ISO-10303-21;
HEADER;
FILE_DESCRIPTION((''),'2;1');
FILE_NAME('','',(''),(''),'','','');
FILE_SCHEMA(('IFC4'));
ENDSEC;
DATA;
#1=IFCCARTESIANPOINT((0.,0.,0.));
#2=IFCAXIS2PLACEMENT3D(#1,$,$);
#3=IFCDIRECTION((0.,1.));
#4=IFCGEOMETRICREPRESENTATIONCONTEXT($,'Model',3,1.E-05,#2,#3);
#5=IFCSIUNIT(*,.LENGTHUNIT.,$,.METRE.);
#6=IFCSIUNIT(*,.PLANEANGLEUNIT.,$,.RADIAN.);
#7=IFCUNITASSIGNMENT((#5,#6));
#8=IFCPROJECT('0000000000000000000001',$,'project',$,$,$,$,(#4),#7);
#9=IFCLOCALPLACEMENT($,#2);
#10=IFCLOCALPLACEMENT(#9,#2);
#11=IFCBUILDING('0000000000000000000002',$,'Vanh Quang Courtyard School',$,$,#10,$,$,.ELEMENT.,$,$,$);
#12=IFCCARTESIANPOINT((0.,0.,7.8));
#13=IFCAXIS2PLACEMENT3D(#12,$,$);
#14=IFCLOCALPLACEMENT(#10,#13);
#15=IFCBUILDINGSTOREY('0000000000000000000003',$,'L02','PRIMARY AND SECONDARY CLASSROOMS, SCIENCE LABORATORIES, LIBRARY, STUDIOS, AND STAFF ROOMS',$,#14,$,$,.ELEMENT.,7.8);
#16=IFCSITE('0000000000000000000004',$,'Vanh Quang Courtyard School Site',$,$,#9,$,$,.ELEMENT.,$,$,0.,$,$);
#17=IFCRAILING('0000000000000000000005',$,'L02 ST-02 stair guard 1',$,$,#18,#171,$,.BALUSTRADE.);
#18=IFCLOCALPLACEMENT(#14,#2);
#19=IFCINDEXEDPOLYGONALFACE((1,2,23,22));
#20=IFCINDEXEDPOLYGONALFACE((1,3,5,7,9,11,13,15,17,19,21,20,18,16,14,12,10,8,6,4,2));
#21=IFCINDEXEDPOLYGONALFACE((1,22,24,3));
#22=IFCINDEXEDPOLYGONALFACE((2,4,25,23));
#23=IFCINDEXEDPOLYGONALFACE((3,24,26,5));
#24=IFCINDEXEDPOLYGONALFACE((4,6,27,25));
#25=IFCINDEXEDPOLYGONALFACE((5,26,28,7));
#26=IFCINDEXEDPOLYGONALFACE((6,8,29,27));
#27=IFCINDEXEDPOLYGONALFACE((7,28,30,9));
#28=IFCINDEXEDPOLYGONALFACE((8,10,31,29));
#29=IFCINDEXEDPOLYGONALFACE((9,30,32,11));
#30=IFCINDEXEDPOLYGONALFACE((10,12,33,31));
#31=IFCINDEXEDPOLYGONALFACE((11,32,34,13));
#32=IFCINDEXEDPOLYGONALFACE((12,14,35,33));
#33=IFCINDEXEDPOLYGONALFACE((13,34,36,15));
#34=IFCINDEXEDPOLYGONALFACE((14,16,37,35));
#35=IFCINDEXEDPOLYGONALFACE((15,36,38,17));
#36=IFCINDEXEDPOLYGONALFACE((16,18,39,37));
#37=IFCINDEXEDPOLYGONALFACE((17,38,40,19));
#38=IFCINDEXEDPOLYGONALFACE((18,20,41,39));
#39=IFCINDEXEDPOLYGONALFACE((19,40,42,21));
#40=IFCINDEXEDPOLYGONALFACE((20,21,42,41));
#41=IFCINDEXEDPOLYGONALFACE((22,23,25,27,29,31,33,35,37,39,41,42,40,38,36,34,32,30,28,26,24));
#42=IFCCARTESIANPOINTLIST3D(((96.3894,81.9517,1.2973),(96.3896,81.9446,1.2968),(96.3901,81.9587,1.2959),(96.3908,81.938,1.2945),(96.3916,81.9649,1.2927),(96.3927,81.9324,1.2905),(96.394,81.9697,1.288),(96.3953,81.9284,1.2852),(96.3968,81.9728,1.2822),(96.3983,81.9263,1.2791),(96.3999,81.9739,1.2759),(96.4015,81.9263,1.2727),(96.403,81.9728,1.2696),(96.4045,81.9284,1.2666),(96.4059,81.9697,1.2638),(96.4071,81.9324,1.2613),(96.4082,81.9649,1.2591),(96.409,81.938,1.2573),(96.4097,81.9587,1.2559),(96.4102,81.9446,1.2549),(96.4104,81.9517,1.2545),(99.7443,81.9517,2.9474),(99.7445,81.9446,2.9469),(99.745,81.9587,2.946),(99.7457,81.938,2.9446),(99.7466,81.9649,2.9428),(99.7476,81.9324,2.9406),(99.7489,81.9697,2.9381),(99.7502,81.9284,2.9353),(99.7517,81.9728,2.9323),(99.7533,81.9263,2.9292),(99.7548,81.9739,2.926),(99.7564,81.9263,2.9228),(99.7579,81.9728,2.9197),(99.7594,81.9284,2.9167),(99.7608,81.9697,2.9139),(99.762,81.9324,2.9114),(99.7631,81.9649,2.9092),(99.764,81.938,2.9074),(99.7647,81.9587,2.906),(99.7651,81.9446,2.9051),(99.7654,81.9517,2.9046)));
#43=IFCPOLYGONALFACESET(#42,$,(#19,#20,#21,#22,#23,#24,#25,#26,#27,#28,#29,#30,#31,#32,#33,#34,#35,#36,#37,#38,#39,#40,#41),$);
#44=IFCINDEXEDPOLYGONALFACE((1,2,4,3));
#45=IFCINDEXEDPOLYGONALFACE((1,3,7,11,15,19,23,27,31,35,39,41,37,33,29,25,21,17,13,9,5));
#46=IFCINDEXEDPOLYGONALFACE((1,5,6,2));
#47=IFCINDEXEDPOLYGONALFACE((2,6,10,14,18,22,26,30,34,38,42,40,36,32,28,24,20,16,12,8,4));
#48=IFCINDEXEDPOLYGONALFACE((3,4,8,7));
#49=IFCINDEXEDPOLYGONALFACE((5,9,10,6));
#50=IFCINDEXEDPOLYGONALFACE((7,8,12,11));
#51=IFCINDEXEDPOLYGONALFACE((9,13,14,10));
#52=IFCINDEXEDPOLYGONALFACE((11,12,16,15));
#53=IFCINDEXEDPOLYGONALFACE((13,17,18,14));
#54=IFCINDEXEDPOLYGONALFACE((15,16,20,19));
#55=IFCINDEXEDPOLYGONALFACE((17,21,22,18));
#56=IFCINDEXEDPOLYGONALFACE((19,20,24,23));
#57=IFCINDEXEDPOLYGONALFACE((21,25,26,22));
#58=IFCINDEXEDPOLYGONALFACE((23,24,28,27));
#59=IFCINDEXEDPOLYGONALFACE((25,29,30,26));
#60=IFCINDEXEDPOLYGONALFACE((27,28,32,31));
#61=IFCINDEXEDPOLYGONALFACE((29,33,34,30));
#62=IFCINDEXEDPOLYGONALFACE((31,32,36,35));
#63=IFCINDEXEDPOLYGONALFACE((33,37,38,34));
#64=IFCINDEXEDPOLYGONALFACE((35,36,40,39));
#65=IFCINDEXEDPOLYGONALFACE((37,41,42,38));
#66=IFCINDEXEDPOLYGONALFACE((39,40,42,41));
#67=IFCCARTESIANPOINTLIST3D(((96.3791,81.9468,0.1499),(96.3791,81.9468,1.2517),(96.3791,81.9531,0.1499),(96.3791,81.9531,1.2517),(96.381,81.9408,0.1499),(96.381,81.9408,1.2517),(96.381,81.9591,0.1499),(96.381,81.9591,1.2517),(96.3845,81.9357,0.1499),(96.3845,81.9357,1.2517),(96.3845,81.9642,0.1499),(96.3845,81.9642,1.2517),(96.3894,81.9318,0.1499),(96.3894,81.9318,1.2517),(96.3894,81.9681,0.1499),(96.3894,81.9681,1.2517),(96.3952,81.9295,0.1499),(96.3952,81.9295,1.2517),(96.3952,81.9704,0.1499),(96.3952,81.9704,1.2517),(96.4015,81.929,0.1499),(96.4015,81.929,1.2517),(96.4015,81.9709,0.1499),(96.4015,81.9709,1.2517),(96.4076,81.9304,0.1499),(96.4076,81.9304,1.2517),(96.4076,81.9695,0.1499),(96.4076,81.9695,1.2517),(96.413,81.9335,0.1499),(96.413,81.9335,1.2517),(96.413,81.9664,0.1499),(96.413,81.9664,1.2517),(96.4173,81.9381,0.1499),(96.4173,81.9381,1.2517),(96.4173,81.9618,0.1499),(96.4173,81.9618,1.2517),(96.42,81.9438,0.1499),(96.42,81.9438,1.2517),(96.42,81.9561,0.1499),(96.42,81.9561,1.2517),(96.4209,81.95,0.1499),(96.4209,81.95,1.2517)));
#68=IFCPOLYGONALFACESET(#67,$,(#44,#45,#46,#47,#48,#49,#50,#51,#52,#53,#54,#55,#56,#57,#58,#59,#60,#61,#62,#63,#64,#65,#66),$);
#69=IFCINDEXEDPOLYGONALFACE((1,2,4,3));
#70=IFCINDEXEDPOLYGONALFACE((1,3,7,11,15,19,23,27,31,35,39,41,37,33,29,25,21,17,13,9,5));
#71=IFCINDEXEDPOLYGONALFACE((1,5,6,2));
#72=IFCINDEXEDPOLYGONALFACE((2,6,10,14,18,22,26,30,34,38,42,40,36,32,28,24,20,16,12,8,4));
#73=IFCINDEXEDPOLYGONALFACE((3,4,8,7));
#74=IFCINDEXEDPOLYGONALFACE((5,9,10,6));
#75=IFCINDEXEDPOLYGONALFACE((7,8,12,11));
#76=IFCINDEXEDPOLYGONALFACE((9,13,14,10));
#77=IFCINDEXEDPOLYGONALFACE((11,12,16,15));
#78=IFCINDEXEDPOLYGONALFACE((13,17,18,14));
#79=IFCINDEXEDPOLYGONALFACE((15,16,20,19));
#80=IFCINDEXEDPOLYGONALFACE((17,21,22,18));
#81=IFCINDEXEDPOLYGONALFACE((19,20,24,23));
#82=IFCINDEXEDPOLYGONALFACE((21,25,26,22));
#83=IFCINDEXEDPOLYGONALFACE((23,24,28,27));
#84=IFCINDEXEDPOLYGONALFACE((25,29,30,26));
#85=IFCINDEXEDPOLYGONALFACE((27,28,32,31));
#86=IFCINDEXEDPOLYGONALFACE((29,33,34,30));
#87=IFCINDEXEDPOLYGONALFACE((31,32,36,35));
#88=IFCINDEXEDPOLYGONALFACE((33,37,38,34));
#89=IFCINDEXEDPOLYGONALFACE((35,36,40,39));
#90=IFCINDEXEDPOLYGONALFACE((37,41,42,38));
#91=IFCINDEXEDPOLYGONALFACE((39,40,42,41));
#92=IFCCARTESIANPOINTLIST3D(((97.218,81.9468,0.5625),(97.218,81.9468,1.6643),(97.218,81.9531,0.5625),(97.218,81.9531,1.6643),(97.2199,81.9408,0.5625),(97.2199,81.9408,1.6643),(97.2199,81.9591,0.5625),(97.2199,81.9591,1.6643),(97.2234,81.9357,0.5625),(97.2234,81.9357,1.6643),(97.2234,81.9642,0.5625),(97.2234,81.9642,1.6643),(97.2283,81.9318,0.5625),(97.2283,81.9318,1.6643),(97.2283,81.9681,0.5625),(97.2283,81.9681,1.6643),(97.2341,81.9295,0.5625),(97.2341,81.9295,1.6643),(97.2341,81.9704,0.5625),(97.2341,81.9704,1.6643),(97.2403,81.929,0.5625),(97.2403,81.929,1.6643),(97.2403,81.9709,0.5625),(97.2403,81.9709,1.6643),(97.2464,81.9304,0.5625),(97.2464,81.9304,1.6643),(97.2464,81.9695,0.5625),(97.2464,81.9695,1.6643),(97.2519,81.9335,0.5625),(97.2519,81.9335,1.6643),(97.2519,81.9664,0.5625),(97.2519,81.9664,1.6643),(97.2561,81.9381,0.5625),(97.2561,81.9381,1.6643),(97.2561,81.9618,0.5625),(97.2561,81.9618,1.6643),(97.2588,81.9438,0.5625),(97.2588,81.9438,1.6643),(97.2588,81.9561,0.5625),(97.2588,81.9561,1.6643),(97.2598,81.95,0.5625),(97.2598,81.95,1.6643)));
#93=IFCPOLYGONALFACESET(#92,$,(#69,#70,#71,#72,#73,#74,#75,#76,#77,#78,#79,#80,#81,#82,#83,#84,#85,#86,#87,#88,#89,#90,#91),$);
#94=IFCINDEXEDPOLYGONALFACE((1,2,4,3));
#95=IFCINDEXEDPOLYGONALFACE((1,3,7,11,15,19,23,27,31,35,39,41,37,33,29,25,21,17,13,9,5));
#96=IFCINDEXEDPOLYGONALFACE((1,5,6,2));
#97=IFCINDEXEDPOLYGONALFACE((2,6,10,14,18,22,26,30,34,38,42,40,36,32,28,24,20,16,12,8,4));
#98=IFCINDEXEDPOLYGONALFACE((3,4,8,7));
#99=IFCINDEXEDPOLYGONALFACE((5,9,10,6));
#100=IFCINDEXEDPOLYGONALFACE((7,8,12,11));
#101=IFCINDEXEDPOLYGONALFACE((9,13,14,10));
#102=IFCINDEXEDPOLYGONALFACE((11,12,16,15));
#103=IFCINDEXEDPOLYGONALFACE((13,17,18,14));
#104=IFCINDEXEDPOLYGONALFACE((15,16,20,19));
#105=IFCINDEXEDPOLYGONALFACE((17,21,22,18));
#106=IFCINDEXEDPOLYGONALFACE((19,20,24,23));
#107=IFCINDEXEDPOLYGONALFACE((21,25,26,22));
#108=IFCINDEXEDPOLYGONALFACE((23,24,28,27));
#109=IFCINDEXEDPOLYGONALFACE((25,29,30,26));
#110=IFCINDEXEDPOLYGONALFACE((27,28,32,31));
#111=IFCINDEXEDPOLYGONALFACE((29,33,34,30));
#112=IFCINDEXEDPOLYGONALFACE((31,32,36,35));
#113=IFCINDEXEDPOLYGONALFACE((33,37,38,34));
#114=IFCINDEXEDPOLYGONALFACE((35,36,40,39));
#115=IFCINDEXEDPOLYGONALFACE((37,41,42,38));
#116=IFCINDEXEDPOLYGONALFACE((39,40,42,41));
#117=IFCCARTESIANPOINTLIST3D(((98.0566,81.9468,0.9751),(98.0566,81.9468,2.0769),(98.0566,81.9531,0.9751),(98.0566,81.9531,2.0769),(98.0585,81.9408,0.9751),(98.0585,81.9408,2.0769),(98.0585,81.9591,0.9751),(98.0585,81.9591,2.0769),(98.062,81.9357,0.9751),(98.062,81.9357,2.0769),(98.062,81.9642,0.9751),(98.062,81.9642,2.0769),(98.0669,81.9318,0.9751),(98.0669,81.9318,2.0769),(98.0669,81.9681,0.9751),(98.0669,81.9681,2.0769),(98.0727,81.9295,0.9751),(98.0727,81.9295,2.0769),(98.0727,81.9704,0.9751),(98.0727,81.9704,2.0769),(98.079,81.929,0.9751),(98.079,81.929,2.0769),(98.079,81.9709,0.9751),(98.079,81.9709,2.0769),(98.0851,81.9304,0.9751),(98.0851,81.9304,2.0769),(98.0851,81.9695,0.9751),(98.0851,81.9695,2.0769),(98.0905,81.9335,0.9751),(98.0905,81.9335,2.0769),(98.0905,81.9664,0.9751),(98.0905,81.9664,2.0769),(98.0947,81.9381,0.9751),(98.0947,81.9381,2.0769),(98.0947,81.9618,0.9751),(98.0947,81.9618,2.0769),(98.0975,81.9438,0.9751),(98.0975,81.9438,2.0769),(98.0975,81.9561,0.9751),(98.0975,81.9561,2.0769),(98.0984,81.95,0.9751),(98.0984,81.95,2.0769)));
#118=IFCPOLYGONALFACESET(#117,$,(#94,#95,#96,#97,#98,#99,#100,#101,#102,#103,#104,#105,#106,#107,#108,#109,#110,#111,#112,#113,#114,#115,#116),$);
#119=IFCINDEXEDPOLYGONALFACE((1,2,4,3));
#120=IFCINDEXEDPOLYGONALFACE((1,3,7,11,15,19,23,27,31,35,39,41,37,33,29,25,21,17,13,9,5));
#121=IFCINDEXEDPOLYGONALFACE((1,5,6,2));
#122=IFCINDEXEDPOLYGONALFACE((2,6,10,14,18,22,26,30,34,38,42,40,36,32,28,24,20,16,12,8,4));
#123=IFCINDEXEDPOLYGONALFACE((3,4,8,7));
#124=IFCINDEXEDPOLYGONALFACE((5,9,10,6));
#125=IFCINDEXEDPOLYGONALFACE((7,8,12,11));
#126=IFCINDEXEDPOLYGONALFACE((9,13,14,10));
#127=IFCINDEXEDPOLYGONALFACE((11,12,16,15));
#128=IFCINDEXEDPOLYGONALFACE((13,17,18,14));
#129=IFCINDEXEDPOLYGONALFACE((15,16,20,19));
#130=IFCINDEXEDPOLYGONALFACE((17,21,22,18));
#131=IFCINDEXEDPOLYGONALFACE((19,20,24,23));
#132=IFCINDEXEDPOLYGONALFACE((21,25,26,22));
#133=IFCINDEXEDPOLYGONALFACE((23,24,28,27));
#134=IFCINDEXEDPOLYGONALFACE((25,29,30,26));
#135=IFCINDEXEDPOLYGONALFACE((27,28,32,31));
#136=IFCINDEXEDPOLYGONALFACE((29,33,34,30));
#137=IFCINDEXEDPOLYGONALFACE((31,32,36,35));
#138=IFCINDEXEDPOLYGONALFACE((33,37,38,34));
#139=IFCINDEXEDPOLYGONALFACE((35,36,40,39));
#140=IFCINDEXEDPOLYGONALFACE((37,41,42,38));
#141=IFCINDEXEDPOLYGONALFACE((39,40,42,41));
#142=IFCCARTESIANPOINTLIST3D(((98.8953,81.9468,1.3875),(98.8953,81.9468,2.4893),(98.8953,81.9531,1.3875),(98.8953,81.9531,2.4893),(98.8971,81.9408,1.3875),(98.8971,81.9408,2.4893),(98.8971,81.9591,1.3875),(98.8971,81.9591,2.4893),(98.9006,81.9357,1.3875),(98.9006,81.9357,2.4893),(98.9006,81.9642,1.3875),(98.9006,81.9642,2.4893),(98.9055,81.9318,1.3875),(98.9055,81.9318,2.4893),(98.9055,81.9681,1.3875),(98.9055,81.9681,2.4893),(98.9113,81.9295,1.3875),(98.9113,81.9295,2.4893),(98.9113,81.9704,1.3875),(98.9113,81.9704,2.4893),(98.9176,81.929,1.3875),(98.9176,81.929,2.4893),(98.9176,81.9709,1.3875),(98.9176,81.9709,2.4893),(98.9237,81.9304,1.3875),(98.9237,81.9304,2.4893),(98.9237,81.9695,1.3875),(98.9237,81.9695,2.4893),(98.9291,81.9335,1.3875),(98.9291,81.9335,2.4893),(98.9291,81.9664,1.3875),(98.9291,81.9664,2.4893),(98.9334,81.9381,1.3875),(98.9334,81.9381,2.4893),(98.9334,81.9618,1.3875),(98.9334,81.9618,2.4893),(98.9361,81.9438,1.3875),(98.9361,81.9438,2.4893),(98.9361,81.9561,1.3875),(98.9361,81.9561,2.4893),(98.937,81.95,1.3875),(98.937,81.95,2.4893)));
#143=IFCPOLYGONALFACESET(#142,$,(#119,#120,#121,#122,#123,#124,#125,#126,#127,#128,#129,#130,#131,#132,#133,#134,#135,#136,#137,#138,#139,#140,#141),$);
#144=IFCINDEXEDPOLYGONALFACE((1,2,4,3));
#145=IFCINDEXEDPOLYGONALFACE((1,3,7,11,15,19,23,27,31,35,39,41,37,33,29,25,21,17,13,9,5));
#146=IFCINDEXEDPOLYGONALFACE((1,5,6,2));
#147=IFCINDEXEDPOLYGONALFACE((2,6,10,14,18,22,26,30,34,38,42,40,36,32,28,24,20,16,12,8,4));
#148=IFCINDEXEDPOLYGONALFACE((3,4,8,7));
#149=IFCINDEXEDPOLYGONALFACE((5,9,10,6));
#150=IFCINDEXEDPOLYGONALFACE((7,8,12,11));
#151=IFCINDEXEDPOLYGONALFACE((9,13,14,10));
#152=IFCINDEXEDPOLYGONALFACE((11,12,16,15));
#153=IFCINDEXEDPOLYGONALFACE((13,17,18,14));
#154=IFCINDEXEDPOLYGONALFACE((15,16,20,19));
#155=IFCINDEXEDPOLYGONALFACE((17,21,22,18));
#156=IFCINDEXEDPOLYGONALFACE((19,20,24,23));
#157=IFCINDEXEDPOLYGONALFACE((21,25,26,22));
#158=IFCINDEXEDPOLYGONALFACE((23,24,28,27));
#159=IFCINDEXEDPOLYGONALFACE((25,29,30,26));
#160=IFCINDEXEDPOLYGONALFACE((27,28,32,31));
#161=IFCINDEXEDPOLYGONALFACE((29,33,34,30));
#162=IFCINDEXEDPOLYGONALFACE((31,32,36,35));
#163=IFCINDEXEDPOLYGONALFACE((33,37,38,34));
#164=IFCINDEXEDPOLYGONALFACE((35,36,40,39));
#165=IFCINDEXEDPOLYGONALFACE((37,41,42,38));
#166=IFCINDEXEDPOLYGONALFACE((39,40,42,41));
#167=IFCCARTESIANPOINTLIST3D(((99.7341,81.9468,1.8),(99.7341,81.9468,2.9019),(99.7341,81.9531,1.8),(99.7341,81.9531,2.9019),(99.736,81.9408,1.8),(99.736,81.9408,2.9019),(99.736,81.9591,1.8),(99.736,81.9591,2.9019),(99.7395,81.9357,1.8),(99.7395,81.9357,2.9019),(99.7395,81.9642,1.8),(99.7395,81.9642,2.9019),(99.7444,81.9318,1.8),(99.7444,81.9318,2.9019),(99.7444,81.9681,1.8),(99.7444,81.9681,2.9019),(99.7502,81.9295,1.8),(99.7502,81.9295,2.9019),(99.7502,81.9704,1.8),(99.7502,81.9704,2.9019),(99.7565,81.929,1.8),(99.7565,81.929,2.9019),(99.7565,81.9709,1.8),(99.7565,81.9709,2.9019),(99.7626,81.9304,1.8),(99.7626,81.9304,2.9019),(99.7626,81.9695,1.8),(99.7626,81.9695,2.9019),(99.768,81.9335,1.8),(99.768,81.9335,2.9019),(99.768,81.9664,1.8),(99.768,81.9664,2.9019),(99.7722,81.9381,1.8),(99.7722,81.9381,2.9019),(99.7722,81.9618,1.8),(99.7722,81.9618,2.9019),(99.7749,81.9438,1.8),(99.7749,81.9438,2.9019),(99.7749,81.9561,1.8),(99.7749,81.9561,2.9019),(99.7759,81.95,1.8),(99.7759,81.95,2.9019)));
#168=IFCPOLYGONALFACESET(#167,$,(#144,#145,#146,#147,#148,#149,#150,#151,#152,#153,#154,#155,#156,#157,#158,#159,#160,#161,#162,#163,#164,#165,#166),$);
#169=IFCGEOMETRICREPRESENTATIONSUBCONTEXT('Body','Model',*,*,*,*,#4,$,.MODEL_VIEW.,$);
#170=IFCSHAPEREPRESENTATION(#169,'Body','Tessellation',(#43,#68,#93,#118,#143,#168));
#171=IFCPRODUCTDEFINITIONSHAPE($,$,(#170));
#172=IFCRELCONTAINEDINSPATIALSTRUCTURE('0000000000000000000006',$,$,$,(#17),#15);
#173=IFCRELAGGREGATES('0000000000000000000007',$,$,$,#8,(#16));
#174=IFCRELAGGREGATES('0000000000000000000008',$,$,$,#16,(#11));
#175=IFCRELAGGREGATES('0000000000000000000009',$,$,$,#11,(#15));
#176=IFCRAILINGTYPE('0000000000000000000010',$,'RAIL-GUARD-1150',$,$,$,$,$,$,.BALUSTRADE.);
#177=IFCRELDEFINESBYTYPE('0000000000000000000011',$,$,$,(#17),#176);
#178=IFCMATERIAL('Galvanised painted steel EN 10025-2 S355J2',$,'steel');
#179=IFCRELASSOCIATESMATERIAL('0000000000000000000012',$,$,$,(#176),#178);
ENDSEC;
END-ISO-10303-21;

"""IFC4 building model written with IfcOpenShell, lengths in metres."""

from ifc_helpers import new_model, si_unit, direction, frame, origin, origin_2d, place, context, subcontext, project, spatial, circle, extrude, material, type_object, element, save


model = new_model("IFC4")

# Units and contexts
model_context = context("Model", 3, precision=1e-05, world=origin(), true_north=direction((0.0, 1.0)))
body_context = subcontext(model_context, "Body", "Model", "MODEL_VIEW")
ifc_project = project(units=[si_unit("LENGTHUNIT", "METRE"), si_unit("PLANEANGLEUNIT", "RADIAN")], contexts=[model_context])

# Site, building, storey
site_placement = place(None, origin())
site = spatial("IfcSite", under=ifc_project, at=site_placement, Name="Vanh Quang Courtyard School Site", CompositionType="ELEMENT", RefElevation=0.0)
building_placement = place(site_placement, origin())
building = spatial("IfcBuilding", under=site, at=building_placement, Name="Vanh Quang Courtyard School", CompositionType="ELEMENT")
storey_placement = place(building_placement, frame((0.0, 0.0, 7.8)))
storey = spatial("IfcBuildingStorey", under=building, at=storey_placement, Name="L02", Description="PRIMARY AND SECONDARY CLASSROOMS, SCIENCE LABORATORIES, LIBRARY, STUDIOS, AND STAFF ROOMS", CompositionType="ELEMENT", Elevation=7.8)

# Railing
ifc_material_1 = material(Name="Galvanised painted steel EN 10025-2 S355J2", Category="steel")
railing_type_1 = type_object("IfcRailingType", Name="RAIL-GUARD-1150", PredefinedType="BALUSTRADE", material=ifc_material_1)
railing_1_placement = place(storey_placement, frame((96.3999, 81.95, 0.1499)))
element("IfcRailing", 1, at=railing_1_placement, inside=storey, type_object=railing_type_1, Name="L02 ST-02 stair guard 1", PredefinedType="BALUSTRADE", context=body_context, shape_type="SweptSolid", body=[
    extrude(circle(Radius=0.0239, at=origin_2d()), frame((0.0, 0.0, 1.126), z_axis=(0.897333, 0.0, 0.441353), x_axis=(0.0, 1.0, 0.0)), (0.0, 0.0, 1.0), 3.7388),
    extrude(circle(Radius=0.021, at=origin_2d()), origin(), (0.0, 0.0, 1.0), 1.1018),
    extrude(circle(Radius=0.021, at=origin_2d()), frame((0.8389, 0.0, 0.4126)), (0.0, 0.0, 1.0), 1.1018),
    extrude(circle(Radius=0.021, at=origin_2d()), frame((1.6775, 0.0, 0.8252)), (0.0, 0.0, 1.0), 1.1018),
    extrude(circle(Radius=0.021, at=origin_2d()), frame((2.5161, 0.0, 1.2375)), (0.0, 0.0, 1.0), 1.1018),
    extrude(circle(Radius=0.021, at=origin_2d()), frame((3.355, 0.0, 1.6501)), (0.0, 0.0, 1.0), 1.1018),
])

save(model, "model.ifc")
